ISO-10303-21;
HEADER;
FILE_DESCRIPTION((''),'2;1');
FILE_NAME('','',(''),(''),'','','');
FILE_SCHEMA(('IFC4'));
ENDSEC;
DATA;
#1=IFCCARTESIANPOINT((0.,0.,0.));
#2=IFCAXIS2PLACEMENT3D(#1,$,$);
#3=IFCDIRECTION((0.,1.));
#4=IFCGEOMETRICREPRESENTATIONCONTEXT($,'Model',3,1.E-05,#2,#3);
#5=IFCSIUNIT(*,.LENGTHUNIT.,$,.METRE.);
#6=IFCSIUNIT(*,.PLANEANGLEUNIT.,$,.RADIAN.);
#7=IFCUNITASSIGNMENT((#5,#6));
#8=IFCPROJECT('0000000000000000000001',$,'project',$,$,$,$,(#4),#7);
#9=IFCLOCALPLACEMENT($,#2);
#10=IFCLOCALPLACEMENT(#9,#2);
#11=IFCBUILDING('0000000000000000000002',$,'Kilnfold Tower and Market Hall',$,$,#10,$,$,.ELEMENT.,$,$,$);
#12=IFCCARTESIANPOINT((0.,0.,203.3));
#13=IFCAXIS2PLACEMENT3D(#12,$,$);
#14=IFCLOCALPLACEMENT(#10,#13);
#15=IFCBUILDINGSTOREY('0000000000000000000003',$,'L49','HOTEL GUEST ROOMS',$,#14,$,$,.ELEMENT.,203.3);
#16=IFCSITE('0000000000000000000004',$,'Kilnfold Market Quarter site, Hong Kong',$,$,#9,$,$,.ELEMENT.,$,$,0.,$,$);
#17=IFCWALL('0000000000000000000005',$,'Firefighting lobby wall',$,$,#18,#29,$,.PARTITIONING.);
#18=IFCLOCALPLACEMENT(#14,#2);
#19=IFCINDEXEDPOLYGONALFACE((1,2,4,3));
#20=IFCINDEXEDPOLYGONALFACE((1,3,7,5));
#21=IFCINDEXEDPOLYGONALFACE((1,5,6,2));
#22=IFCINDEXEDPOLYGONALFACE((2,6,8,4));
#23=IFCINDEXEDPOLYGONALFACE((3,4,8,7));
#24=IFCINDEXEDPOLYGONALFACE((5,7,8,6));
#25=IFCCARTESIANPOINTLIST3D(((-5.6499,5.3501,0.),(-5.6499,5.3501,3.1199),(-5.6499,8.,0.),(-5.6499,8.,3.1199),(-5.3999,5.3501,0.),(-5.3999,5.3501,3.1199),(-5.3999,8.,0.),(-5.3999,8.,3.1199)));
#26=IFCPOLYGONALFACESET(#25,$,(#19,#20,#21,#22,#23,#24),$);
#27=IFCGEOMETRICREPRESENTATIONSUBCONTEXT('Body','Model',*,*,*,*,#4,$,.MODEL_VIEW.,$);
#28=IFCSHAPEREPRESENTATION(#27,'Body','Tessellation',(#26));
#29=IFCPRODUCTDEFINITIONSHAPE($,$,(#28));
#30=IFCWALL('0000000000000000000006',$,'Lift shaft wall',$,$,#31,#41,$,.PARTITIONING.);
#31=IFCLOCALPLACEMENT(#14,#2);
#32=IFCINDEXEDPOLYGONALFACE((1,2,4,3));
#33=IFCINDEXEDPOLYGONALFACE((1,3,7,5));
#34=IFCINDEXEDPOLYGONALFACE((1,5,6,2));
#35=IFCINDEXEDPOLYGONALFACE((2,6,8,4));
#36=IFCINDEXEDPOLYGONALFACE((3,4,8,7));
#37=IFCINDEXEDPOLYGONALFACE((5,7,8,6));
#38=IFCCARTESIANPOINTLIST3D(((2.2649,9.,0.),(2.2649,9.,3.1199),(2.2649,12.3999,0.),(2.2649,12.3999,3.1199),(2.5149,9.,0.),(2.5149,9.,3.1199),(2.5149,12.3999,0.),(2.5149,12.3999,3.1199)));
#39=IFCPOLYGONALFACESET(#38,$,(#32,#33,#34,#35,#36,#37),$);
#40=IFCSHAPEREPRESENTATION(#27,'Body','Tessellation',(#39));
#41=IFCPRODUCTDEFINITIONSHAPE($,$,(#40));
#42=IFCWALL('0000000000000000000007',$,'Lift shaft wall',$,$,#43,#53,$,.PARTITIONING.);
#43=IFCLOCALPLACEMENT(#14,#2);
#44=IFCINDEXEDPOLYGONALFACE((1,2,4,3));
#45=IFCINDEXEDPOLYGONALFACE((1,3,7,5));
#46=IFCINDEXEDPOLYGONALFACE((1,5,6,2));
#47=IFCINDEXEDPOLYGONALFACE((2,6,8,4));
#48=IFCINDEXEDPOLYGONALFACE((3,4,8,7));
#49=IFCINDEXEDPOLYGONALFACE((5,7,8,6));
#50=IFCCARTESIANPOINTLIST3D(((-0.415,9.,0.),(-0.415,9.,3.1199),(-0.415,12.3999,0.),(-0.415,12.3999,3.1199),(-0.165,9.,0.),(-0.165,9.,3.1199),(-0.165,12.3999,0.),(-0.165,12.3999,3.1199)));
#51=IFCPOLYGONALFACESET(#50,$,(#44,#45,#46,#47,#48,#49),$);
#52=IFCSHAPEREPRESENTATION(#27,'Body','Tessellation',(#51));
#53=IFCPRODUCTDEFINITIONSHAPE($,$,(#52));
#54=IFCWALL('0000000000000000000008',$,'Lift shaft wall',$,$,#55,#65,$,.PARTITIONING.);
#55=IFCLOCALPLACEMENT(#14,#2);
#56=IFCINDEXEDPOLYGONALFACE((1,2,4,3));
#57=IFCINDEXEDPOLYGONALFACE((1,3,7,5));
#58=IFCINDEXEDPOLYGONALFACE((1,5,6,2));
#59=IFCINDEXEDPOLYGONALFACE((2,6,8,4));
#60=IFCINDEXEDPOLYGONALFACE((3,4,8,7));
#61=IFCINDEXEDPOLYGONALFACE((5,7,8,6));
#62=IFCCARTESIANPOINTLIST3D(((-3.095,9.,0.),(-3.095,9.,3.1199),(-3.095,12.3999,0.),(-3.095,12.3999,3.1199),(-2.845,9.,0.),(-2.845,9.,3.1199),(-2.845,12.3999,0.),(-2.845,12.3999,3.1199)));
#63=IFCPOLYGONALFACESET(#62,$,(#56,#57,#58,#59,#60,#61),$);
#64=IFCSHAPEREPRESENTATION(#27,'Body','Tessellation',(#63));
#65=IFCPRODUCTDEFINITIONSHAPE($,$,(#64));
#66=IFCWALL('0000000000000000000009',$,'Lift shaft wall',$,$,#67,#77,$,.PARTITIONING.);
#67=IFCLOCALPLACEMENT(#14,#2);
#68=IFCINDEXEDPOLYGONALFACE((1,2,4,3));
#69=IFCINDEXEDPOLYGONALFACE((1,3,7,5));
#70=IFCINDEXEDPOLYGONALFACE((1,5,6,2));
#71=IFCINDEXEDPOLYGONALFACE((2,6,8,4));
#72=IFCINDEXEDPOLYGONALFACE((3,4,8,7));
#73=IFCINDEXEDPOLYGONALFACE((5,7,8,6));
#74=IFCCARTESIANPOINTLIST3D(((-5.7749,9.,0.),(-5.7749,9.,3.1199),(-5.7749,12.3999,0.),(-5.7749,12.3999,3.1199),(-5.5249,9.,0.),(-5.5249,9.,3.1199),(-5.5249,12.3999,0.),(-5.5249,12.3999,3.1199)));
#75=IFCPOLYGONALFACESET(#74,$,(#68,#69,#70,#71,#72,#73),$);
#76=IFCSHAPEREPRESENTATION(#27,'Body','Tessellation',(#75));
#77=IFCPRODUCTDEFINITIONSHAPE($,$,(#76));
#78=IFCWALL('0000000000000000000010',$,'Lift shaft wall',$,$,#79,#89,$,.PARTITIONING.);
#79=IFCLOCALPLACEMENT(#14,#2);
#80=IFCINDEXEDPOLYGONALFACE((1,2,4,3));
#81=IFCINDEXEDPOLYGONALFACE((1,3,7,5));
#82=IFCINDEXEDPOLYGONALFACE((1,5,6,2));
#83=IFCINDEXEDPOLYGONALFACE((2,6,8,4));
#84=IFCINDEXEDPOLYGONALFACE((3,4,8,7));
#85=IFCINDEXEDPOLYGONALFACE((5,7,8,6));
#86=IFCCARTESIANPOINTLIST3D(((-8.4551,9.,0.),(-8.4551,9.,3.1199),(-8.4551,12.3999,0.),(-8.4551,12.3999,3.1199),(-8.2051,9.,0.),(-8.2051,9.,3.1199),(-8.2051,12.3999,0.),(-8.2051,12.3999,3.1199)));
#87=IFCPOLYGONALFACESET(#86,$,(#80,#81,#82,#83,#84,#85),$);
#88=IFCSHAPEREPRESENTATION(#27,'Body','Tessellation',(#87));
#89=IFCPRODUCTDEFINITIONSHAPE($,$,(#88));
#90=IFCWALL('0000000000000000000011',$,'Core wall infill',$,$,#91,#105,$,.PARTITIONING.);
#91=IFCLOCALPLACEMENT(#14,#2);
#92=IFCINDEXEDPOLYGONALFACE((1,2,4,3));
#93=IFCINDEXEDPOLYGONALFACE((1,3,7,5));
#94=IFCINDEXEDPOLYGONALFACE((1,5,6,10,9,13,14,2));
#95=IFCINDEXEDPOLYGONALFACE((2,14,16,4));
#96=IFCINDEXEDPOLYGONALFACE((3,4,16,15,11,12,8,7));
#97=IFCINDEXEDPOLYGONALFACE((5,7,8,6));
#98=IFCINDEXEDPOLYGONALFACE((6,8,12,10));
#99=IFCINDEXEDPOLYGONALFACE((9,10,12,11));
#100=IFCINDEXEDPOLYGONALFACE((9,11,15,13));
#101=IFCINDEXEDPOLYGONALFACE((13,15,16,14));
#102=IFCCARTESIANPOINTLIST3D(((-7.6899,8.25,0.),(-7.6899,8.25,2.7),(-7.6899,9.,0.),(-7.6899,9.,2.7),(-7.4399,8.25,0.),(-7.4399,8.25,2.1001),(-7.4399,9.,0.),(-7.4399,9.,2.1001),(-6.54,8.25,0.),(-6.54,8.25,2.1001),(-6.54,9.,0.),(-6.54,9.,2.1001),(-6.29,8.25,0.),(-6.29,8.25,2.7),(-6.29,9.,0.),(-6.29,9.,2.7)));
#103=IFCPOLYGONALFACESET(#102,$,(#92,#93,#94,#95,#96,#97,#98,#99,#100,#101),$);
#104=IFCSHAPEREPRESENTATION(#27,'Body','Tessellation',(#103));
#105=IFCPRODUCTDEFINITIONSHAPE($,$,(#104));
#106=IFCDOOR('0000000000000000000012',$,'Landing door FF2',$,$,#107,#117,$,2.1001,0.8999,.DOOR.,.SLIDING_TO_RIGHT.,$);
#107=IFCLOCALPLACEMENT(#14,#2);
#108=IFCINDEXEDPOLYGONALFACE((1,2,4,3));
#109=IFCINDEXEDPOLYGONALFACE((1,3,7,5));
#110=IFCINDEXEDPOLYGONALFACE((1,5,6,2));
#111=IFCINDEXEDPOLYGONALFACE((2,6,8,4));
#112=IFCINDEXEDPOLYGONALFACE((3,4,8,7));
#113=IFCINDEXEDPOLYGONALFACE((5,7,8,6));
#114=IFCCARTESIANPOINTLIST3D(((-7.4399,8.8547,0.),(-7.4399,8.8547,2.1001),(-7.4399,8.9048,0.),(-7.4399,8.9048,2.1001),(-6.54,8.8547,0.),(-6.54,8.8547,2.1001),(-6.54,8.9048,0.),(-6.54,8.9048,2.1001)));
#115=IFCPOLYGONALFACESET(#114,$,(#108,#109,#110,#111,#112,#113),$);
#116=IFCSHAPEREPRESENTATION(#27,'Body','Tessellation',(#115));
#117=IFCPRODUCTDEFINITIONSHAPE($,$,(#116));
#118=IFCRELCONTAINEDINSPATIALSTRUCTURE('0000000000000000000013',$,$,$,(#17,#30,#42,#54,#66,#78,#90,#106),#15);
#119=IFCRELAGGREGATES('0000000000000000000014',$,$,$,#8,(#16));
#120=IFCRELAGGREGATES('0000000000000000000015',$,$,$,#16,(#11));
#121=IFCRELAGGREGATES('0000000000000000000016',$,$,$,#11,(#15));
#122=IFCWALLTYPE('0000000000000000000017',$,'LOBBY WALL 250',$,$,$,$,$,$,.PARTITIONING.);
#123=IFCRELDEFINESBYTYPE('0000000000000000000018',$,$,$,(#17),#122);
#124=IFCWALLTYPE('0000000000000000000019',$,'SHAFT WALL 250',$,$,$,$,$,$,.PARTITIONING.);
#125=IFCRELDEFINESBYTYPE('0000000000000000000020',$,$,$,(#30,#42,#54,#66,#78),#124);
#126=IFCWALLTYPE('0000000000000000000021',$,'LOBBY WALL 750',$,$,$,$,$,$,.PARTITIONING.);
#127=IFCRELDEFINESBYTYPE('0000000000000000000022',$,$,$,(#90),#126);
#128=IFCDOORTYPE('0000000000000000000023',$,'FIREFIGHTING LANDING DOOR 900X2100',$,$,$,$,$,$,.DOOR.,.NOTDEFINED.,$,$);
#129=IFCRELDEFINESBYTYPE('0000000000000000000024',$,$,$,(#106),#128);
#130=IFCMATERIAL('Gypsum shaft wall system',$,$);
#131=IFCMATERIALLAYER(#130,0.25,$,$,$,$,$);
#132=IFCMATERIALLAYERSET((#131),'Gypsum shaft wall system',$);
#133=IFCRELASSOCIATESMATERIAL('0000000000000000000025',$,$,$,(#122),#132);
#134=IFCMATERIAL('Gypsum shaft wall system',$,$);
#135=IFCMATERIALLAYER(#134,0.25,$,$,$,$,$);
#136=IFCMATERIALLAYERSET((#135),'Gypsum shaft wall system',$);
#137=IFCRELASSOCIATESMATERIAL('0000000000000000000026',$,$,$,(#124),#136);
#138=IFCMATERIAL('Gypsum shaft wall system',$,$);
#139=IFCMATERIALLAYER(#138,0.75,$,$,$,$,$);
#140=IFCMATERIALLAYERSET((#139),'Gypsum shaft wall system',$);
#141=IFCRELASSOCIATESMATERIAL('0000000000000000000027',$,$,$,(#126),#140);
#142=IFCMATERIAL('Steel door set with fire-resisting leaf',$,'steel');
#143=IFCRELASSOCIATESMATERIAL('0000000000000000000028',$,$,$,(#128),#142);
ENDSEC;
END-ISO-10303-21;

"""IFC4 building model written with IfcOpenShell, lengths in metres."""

from ifc_helpers import new_model, si_unit, direction, frame, frame_2d, origin, place, context, subcontext, project, spatial, rectangle, extrude, source, transform, mapped, material, layer, layer_set, type_object, element, fill, save


model = new_model("IFC4")

# Units and contexts
model_context = context("Model", 3, precision=1e-05, world=origin(), true_north=direction((0.0, 1.0)))
body_context = subcontext(model_context, "Body", "Model", "MODEL_VIEW")
ifc_project = project(units=[si_unit("LENGTHUNIT", "METRE"), si_unit("PLANEANGLEUNIT", "RADIAN")], contexts=[model_context])

# Site, building, storey
site_placement = place(None, origin())
site = spatial("IfcSite", under=ifc_project, at=site_placement, Name="Kilnfold Market Quarter site, Hong Kong", CompositionType="ELEMENT", RefElevation=0.0)
building_placement = place(site_placement, origin())
building = spatial("IfcBuilding", under=site, at=building_placement, Name="Kilnfold Tower and Market Hall", CompositionType="ELEMENT")
storey_placement = place(building_placement, frame((0.0, 0.0, 203.3)))
storey = spatial("IfcBuildingStorey", under=building, at=storey_placement, Name="L49", Description="HOTEL GUEST ROOMS", CompositionType="ELEMENT", Elevation=203.3)

# Walls
ifc_material_1 = material(Name="Gypsum shaft wall system")
ifc_layer_1 = layer(ifc_material_1, 0.25)
ifc_layer_set_1 = layer_set([ifc_layer_1], Name="Gypsum shaft wall system")
wall_type_1 = type_object("IfcWallType", Name="LOBBY WALL 250", PredefinedType="PARTITIONING", material=ifc_layer_set_1)
shared_shape_1 = source(origin(), body_context, "Body", "SweptSolid", [
    extrude(rectangle(XDim=2.6499, YDim=0.25, at=frame_2d((1.325, 0.0))), origin(), (0.0, 0.0, 1.0), 3.1199),
])
wall_1_placement = place(storey_placement, frame((-5.5249, 5.3501, 0.0), z_axis=(0.0, 0.0, 1.0), x_axis=(0.0, 1.0, 0.0)))
element("IfcWall", 1, at=wall_1_placement, inside=storey, type_object=wall_type_1, Name="Firefighting lobby wall", PredefinedType="PARTITIONING", context=body_context, shape_type="MappedRepresentation", body=[
    mapped(shared_shape_1, transform((0.0, 0.0, 0.0))),
])
ifc_material_2 = material(Name="Gypsum shaft wall system")
ifc_layer_2 = layer(ifc_material_2, 0.25)
ifc_layer_set_2 = layer_set([ifc_layer_2], Name="Gypsum shaft wall system")
wall_type_2 = type_object("IfcWallType", Name="SHAFT WALL 250", PredefinedType="PARTITIONING", material=ifc_layer_set_2)
shared_shape_2 = source(origin(), body_context, "Body", "SweptSolid", [
    extrude(rectangle(XDim=3.3999, YDim=0.25, at=frame_2d((1.7, 0.0))), origin(), (0.0, 0.0, 1.0), 3.1199),
])
for number, where, z_axis, x_axis, name in (
    (2, (2.3899, 9.0, 0.0), (0.0, 0.0, 1.0), (0.0, 1.0, 0.0), "Lift shaft wall"),
    (3, (-0.29, 9.0, 0.0), (0.0, 0.0, 1.0), (0.0, 1.0, 0.0), "Lift shaft wall"),
    (4, (-2.97, 9.0, 0.0), (0.0, 0.0, 1.0), (0.0, 1.0, 0.0), "Lift shaft wall"),
    (5, (-5.6499, 9.0, 0.0), (0.0, 0.0, 1.0), (0.0, 1.0, 0.0), "Lift shaft wall"),
    (6, (-8.3301, 9.0, 0.0), (0.0, 0.0, 1.0), (0.0, 1.0, 0.0), "Lift shaft wall"),
):
    element("IfcWall", number, at=place(storey_placement, frame(where, z_axis=z_axis, x_axis=x_axis)), inside=storey, type_object=wall_type_2, Name=name, PredefinedType="PARTITIONING", context=body_context, shape_type="MappedRepresentation", body=[
        mapped(shared_shape_2, transform((0.0, 0.0, 0.0))),
    ])

# Wall, opening, door
ifc_material_3 = material(Name="Gypsum shaft wall system")
ifc_layer_3 = layer(ifc_material_3, 0.75)
ifc_layer_set_3 = layer_set([ifc_layer_3], Name="Gypsum shaft wall system")
wall_type_3 = type_object("IfcWallType", Name="LOBBY WALL 750", PredefinedType="PARTITIONING", material=ifc_layer_set_3)
shared_shape_3 = source(origin(), body_context, "Body", "SweptSolid", [
    extrude(rectangle(XDim=1.3999, YDim=0.75, at=frame_2d((0.7, 0.0))), origin(), (0.0, 0.0, 1.0), 2.7),
])
wall_2_placement = place(storey_placement, frame((-7.6899, 8.625, 0.0), z_axis=(0.0, 0.0, 1.0), x_axis=(1.0, 0.0, 0.0)))
wall_2 = element("IfcWall", 7, at=wall_2_placement, inside=storey, type_object=wall_type_3, Name="Core wall infill", PredefinedType="PARTITIONING", context=body_context, shape_type="MappedRepresentation", body=[
    mapped(shared_shape_3, transform((0.0, 0.0, 0.0))),
])
opening_placement = place(wall_2_placement, frame((0.25, 0.0, 0.0)))
opening = element("IfcOpeningElement", 8, at=opening_placement, cuts=wall_2, PredefinedType="OPENING", context=body_context, shape_type="SweptSolid", body=[
    extrude(rectangle(XDim=0.8999, YDim=2.1001, at=frame_2d((0.45, 1.05))), frame((0.0, 0.385, 0.0), z_axis=(0.0, -1.0, 0.0), x_axis=(1.0, 0.0, 0.0)), (0.0, 0.0, 1.0), 0.77),
])
ifc_material_4 = material(Name="Steel door set with fire-resisting leaf", Category="steel")
door_type = type_object("IfcDoorType", Name="FIREFIGHTING LANDING DOOR 900X2100", OperationType="NOTDEFINED", PredefinedType="DOOR", material=ifc_material_4)
door_placement = place(opening_placement, origin())
door = element("IfcDoor", 9, at=door_placement, inside=storey, type_object=door_type, Name="Landing door FF2", OperationType="SLIDING_TO_RIGHT", OverallHeight=2.1001, OverallWidth=0.8999, PredefinedType="DOOR", context=body_context, shape_type="SweptSolid", body=[
    extrude(rectangle(XDim=0.8999, YDim=2.1001, at=frame_2d((0.45, 1.05))), frame((0.0, 0.2798, 0.0), z_axis=(0.0, -1.0, 0.0), x_axis=(1.0, 0.0, 0.0)), (0.0, 0.0, 1.0), 0.05),
])
fill(opening, door)

save(model, "model.ifc")
